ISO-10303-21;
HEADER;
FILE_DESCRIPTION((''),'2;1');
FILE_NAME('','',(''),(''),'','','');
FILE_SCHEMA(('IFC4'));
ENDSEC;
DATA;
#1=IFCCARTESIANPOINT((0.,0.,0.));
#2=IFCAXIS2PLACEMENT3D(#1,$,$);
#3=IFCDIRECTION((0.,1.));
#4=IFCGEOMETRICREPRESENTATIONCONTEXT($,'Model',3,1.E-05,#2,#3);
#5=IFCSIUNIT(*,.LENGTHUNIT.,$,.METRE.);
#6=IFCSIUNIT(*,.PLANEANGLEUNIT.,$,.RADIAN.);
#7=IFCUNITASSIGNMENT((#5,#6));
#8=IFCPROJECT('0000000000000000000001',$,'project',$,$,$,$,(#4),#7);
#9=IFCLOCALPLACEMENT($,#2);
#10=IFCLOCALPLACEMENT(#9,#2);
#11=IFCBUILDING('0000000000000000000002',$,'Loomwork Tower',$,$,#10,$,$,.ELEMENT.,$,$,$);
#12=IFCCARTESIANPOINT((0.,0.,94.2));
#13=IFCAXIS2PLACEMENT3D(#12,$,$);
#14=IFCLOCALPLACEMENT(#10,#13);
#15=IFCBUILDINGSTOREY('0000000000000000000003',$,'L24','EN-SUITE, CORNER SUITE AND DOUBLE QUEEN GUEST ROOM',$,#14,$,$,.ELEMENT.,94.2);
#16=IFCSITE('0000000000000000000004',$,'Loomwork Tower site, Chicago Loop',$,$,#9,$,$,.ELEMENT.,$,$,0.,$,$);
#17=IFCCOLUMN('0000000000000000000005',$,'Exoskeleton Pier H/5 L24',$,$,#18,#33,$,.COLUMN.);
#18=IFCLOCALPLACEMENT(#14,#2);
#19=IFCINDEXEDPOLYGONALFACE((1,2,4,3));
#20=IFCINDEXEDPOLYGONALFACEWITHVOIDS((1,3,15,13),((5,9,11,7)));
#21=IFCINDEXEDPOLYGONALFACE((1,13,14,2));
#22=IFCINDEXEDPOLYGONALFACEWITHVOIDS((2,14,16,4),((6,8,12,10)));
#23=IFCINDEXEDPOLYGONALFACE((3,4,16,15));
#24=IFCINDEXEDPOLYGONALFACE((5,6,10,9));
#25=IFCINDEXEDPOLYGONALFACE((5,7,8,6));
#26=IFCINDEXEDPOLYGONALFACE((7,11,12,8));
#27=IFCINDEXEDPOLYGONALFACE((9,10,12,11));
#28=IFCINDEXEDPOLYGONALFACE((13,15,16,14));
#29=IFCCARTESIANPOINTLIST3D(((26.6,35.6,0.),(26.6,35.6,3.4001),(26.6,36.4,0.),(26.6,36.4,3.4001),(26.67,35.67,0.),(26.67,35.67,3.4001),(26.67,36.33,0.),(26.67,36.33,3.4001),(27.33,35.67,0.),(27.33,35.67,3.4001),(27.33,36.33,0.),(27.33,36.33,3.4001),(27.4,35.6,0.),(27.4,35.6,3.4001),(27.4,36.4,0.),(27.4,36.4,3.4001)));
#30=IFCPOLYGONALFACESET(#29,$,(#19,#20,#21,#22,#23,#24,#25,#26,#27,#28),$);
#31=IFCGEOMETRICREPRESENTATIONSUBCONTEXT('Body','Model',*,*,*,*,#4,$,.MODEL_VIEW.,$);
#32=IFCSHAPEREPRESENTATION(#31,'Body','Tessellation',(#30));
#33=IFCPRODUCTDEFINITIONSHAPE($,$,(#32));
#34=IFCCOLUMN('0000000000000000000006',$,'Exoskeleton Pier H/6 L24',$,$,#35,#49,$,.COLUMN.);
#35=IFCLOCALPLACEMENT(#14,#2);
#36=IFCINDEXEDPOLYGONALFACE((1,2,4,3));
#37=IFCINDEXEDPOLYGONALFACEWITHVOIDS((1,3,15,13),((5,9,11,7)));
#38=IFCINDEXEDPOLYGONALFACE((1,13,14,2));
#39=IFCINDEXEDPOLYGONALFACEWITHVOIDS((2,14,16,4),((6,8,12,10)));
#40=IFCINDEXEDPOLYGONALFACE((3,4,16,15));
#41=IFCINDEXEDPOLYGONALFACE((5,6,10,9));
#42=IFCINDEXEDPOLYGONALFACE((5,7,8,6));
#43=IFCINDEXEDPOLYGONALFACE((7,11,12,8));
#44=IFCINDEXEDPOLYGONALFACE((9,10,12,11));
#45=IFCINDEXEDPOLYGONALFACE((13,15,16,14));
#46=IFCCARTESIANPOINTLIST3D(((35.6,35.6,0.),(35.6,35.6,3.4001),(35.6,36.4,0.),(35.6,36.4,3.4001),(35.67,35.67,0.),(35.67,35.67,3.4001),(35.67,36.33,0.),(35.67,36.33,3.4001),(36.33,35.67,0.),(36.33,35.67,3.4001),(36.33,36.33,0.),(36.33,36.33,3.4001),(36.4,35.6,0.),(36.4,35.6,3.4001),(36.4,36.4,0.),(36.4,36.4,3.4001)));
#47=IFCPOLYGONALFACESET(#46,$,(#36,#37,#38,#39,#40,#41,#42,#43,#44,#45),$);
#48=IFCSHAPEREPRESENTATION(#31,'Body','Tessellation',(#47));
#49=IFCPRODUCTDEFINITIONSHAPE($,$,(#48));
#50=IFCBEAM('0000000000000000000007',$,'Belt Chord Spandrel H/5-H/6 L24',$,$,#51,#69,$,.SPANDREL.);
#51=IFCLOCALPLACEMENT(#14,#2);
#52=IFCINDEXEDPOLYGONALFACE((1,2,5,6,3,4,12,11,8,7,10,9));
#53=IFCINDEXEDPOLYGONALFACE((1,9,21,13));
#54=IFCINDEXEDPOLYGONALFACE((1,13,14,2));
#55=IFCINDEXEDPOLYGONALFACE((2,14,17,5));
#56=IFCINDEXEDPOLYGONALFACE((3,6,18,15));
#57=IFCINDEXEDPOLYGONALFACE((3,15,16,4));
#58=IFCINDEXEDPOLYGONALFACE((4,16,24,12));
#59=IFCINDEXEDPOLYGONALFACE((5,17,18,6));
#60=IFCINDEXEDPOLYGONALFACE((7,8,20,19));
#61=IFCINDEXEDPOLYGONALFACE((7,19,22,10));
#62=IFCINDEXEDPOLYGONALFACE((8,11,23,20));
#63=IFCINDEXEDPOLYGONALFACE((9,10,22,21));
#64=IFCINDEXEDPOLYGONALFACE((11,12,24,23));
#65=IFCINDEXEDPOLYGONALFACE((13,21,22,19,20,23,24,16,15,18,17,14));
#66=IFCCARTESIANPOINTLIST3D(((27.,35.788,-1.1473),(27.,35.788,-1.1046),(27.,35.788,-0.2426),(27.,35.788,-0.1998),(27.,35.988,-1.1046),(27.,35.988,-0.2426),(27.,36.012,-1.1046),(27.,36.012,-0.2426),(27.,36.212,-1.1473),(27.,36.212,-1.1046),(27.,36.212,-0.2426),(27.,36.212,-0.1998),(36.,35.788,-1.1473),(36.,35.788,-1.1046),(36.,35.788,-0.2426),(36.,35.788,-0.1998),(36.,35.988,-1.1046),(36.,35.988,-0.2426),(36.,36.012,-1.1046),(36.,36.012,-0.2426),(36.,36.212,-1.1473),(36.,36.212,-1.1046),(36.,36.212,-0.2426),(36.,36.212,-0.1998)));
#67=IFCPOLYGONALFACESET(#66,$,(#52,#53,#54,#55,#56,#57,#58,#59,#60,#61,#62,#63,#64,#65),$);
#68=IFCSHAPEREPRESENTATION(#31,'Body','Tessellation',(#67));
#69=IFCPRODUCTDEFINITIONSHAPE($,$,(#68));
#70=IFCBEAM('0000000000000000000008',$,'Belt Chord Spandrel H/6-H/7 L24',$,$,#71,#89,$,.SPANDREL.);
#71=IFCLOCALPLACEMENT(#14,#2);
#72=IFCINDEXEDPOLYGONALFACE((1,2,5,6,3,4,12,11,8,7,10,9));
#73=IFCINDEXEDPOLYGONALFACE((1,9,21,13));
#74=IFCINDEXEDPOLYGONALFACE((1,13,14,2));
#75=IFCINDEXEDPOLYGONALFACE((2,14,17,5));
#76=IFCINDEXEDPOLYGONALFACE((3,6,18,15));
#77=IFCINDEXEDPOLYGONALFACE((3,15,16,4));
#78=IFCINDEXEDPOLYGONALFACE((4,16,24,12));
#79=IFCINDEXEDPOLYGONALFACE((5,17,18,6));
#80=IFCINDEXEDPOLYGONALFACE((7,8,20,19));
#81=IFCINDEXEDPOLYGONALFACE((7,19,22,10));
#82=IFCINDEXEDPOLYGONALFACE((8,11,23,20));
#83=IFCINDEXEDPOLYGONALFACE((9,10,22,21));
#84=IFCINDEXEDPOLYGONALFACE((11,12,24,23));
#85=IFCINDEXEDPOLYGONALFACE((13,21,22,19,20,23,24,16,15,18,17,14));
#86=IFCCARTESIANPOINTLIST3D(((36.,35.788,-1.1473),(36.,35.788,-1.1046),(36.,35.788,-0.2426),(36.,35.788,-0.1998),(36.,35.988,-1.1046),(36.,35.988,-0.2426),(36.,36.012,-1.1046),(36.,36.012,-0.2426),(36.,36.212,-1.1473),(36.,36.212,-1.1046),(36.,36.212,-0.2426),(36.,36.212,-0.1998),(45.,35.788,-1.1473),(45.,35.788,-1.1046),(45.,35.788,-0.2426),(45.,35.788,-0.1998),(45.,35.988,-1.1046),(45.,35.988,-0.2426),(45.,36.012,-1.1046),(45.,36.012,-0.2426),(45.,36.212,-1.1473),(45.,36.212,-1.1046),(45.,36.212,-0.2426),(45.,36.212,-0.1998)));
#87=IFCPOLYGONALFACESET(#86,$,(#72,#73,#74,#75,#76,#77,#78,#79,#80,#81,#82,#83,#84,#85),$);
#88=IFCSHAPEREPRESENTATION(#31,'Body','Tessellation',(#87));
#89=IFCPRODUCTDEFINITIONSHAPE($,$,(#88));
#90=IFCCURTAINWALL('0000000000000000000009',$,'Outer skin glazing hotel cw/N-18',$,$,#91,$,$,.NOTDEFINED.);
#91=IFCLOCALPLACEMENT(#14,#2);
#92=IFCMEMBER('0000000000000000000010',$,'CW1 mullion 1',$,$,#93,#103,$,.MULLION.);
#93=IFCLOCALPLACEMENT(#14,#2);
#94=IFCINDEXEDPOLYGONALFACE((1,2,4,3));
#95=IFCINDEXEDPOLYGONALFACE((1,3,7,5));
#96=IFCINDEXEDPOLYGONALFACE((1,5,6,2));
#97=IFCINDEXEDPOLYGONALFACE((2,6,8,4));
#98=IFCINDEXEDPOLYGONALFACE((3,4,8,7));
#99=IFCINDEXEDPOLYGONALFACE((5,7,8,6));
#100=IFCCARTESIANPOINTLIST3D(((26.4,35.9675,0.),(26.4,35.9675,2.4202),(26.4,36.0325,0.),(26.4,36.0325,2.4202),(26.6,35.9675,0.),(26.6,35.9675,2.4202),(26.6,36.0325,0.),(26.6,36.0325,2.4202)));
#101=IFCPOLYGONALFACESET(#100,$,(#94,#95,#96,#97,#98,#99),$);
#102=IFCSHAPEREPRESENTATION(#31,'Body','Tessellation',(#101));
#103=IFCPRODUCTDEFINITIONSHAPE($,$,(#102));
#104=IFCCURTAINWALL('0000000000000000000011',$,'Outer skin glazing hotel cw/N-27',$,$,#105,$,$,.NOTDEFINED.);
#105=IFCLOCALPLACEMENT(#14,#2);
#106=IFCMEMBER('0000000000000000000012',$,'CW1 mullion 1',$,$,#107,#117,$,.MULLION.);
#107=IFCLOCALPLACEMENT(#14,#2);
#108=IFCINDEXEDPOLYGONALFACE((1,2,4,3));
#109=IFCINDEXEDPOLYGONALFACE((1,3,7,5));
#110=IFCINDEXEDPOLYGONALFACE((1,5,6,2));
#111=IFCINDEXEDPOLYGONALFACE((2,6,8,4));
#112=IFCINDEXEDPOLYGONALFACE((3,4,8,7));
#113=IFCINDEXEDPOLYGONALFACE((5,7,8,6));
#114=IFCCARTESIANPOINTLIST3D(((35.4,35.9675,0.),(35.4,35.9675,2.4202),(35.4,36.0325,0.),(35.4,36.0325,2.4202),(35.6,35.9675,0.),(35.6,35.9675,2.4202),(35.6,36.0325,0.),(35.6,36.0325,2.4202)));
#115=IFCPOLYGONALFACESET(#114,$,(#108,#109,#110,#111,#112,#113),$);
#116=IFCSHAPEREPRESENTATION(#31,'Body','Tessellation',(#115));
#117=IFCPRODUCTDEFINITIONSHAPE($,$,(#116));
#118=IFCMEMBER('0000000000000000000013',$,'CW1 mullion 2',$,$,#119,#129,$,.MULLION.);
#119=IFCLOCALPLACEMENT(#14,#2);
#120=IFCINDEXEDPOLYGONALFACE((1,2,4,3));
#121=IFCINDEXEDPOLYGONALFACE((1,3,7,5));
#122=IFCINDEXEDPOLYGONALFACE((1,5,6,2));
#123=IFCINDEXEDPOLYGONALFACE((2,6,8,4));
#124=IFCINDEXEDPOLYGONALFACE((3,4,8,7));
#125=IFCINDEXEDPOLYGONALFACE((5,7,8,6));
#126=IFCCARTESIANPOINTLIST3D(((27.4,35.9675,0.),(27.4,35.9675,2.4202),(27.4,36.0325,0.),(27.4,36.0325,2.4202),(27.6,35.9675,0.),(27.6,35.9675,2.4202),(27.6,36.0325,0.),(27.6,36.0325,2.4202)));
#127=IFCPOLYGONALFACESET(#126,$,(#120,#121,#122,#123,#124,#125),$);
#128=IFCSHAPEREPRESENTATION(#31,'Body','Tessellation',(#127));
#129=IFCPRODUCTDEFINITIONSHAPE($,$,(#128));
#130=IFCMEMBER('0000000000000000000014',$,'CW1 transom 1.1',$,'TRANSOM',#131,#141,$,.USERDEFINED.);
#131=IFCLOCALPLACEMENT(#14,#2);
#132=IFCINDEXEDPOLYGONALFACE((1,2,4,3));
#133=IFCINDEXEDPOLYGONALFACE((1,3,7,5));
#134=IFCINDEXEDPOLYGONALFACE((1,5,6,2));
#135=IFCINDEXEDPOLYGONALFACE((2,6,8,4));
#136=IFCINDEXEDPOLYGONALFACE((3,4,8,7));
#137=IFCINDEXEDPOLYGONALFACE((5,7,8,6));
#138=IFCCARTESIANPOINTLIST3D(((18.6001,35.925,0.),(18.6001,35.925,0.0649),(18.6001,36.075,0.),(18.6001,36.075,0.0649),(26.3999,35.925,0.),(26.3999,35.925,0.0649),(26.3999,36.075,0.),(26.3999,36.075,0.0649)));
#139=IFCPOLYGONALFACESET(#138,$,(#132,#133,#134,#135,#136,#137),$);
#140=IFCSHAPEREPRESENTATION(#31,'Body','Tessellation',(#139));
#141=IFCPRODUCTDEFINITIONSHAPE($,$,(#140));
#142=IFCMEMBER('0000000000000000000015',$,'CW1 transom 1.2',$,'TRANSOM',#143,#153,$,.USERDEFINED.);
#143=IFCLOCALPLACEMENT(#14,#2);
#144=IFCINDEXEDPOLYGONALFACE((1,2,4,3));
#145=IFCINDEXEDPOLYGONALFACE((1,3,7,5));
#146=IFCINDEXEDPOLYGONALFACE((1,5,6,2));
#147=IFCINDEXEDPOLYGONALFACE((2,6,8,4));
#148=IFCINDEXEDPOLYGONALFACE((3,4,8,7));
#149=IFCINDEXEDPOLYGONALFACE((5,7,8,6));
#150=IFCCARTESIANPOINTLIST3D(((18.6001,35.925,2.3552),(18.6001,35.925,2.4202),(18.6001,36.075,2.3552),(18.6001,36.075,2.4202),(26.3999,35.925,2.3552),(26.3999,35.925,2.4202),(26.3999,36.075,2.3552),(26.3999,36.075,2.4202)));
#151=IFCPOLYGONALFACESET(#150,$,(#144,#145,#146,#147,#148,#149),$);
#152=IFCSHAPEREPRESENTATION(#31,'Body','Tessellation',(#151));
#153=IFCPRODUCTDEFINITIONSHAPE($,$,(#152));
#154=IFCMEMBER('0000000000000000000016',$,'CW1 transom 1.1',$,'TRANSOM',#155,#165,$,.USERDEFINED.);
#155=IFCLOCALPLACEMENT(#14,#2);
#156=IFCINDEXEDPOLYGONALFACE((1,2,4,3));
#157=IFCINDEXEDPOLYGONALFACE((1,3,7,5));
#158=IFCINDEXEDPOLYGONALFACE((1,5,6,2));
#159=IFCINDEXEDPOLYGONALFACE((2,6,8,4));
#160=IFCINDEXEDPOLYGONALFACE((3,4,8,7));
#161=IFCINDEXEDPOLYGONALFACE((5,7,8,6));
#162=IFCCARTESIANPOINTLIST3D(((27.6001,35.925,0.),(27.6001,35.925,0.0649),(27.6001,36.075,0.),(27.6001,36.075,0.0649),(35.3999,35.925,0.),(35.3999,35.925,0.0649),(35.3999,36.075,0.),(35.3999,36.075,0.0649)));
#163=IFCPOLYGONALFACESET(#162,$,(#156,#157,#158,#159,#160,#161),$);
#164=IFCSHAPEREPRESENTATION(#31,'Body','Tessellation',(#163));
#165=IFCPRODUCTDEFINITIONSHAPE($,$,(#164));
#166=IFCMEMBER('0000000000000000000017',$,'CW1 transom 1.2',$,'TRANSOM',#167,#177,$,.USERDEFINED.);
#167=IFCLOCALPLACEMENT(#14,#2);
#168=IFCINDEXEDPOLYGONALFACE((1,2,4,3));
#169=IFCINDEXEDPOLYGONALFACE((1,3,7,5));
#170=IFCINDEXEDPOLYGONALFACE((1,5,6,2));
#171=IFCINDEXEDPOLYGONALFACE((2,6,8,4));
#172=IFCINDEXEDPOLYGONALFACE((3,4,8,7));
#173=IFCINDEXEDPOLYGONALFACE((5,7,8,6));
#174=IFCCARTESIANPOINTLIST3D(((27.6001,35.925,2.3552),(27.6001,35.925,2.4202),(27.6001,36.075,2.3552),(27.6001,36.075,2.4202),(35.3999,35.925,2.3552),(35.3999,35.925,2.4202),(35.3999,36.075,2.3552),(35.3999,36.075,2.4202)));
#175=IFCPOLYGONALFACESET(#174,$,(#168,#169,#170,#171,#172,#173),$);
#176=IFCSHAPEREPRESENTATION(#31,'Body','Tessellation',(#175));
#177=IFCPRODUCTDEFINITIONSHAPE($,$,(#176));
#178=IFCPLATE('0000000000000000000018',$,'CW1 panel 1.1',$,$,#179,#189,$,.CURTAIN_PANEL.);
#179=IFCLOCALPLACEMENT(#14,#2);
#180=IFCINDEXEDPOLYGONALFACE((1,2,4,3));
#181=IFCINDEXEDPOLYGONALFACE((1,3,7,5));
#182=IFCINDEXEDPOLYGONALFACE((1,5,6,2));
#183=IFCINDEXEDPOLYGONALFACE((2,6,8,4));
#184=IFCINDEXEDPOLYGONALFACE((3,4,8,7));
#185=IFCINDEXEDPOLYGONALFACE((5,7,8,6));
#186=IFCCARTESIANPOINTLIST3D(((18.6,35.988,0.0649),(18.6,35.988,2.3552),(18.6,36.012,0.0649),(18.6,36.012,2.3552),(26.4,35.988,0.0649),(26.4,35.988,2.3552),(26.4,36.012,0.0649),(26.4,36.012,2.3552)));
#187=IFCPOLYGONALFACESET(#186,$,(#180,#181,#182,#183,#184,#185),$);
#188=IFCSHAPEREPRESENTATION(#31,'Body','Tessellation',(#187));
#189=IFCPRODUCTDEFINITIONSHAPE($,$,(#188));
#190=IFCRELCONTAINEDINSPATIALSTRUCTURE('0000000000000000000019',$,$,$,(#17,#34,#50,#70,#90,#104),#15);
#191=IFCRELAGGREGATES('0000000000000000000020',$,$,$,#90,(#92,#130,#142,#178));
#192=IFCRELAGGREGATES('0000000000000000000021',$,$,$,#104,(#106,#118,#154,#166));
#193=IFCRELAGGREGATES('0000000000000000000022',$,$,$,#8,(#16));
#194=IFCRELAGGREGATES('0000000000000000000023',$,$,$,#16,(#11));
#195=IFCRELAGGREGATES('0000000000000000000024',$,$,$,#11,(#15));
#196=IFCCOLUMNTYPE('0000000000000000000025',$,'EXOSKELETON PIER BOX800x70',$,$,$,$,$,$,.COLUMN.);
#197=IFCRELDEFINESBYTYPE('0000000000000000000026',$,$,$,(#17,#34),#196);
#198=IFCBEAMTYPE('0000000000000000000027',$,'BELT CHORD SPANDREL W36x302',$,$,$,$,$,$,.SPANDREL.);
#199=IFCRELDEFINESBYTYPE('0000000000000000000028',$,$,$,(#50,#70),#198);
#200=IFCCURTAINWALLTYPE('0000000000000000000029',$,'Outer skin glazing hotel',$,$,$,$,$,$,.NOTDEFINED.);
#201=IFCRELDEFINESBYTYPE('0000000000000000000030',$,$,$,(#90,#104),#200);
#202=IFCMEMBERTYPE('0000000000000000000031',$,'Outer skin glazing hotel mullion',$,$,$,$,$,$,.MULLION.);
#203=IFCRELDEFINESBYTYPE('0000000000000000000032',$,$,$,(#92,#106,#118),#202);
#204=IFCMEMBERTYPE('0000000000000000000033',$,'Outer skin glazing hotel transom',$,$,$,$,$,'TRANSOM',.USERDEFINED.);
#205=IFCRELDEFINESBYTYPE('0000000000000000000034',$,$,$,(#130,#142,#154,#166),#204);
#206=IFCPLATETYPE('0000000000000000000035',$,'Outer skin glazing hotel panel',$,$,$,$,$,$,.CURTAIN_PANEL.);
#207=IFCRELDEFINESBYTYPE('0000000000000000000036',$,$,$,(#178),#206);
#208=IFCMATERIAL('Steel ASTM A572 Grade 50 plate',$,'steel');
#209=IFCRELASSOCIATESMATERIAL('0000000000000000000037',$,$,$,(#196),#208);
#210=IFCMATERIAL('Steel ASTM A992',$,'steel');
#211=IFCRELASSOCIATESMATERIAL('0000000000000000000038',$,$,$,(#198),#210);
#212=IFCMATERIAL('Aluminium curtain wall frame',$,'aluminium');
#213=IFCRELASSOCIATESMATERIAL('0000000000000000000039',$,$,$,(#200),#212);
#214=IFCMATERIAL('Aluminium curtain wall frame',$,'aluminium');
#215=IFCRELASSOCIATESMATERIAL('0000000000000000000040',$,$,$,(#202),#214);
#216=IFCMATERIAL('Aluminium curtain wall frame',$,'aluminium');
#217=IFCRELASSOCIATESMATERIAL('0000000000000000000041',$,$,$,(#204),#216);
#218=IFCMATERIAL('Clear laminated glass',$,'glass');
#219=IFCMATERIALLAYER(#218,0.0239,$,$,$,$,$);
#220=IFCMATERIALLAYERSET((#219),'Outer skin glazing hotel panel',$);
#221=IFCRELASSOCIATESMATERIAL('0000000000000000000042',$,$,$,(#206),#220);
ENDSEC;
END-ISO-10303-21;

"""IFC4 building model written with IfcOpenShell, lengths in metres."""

from ifc_helpers import new_model, si_unit, direction, frame, origin, origin_2d, place, context, subcontext, project, spatial, rectangle, hollow_rectangle, i_section, extrude, material, layer, layer_set, material_profile, profile_set, type_object, element, aggregate, save


model = new_model("IFC4")

# Units and contexts
model_context = context("Model", 3, precision=1e-05, world=origin(), true_north=direction((0.0, 1.0)))
body_context = subcontext(model_context, "Body", "Model", "MODEL_VIEW")
ifc_project = project(units=[si_unit("LENGTHUNIT", "METRE"), si_unit("PLANEANGLEUNIT", "RADIAN")], contexts=[model_context])

# Site, building, storey
site_placement = place(None, origin())
site = spatial("IfcSite", under=ifc_project, at=site_placement, Name="Loomwork Tower site, Chicago Loop", CompositionType="ELEMENT", RefElevation=0.0)
building_placement = place(site_placement, origin())
building = spatial("IfcBuilding", under=site, at=building_placement, Name="Loomwork Tower", CompositionType="ELEMENT")
storey_placement = place(building_placement, frame((0.0, 0.0, 94.2)))
storey = spatial("IfcBuildingStorey", under=building, at=storey_placement, Name="L24", Description="EN-SUITE, CORNER SUITE AND DOUBLE QUEEN GUEST ROOM", CompositionType="ELEMENT", Elevation=94.2)

# Columns
ifc_material_1 = material(Name="Steel ASTM A572 Grade 50 plate", Category="steel")
ifc_material_profile_1 = material_profile(ifc_material_1, hollow_rectangle(XDim=0.8, YDim=0.8, WallThickness=0.0701, at=origin_2d()), Name="BOX800x70")
ifc_profile_set_1 = profile_set([ifc_material_profile_1], Name="Steel ASTM A572 Grade 50 plate")
column_type = type_object("IfcColumnType", Name="EXOSKELETON PIER BOX800x70", PredefinedType="COLUMN", material=ifc_profile_set_1)
for number, where, z_axis, x_axis, name in (
    (1, (27.0, 36.0, 0.0), (0.0, 0.0, 1.0), (1.0, 0.0, 0.0), "Exoskeleton Pier H/5 L24"),
    (2, (36.0, 36.0, 0.0), (0.0, 0.0, 1.0), (1.0, 0.0, 0.0), "Exoskeleton Pier H/6 L24"),
):
    element("IfcColumn", number, at=place(storey_placement, frame(where, z_axis=z_axis, x_axis=x_axis)), inside=storey, type_object=column_type, Name=name, PredefinedType="COLUMN", context=body_context, shape_type="SweptSolid", body=[
        extrude(hollow_rectangle(XDim=0.8, YDim=0.8, WallThickness=0.0701, at=origin_2d()), origin(), (0.0, 0.0, 1.0), 3.4001),
    ])

# Beams
ifc_material_2 = material(Name="Steel ASTM A992", Category="steel")
ifc_material_profile_2 = material_profile(ifc_material_2, i_section(OverallWidth=0.4241, OverallDepth=0.9475, WebThickness=0.0239, FlangeThickness=0.0427, at=origin_2d()), Name="W36x302")
ifc_profile_set_2 = profile_set([ifc_material_profile_2], Name="Steel ASTM A992")
beam_type = type_object("IfcBeamType", Name="BELT CHORD SPANDREL W36x302", PredefinedType="SPANDREL", material=ifc_profile_set_2)
for number, where, z_axis, x_axis, name in (
    (3, (27.0, 36.0, -0.6736), (1.0, 0.0, 0.0), (0.0, 1.0, 0.0), "Belt Chord Spandrel H/5-H/6 L24"),
    (4, (36.0, 36.0, -0.6736), (1.0, 0.0, 0.0), (0.0, 1.0, 0.0), "Belt Chord Spandrel H/6-H/7 L24"),
):
    element("IfcBeam", number, at=place(storey_placement, frame(where, z_axis=z_axis, x_axis=x_axis)), inside=storey, type_object=beam_type, Name=name, PredefinedType="SPANDREL", context=body_context, shape_type="SweptSolid", body=[
        extrude(i_section(OverallWidth=0.4241, OverallDepth=0.9475, WebThickness=0.0239, FlangeThickness=0.0427, at=origin_2d()), origin(), (0.0, 0.0, 1.0), 9.0),
    ])

# Curtain wall, member
ifc_material_3 = material(Name="Aluminium curtain wall frame", Category="aluminium")
curtain_wall_type = type_object("IfcCurtainWallType", Name="Outer skin glazing hotel", PredefinedType="NOTDEFINED", material=ifc_material_3)
curtain_wall_1_placement = place(storey_placement, origin())
curtain_wall_1 = element("IfcCurtainWall", 5, at=curtain_wall_1_placement, inside=storey, type_object=curtain_wall_type, Name="Outer skin glazing hotel cw/N-18", PredefinedType="NOTDEFINED")
ifc_material_4 = material(Name="Aluminium curtain wall frame", Category="aluminium")
ifc_material_profile_3 = material_profile(ifc_material_4, rectangle(XDim=0.0649, YDim=0.2, at=origin_2d()), Name="AL 65x200")
ifc_profile_set_3 = profile_set([ifc_material_profile_3], Name="Aluminium curtain wall frame")
member_type_1 = type_object("IfcMemberType", Name="Outer skin glazing hotel mullion", PredefinedType="MULLION", material=ifc_profile_set_3)
member_1_placement = place(storey_placement, frame((26.5, 36.0, 0.0), z_axis=(0.0, 0.0, 1.0), x_axis=(0.0, -1.0, 0.0)))
member_1 = element("IfcMember", 6, at=member_1_placement, type_object=member_type_1, Name="CW1 mullion 1", PredefinedType="MULLION", context=body_context, shape_type="SweptSolid", body=[
    extrude(rectangle(XDim=0.0649, YDim=0.2, at=origin_2d()), origin(), (0.0, 0.0, 1.0), 2.4202),
])

# Curtain wall, members
curtain_wall_2_placement = place(storey_placement, origin())
curtain_wall_2 = element("IfcCurtainWall", 7, at=curtain_wall_2_placement, inside=storey, type_object=curtain_wall_type, Name="Outer skin glazing hotel cw/N-27", PredefinedType="NOTDEFINED")
member_2_placement = place(storey_placement, frame((35.5, 36.0, 0.0), z_axis=(0.0, 0.0, 1.0), x_axis=(0.0, -1.0, 0.0)))
member_2 = element("IfcMember", 8, at=member_2_placement, type_object=member_type_1, Name="CW1 mullion 1", PredefinedType="MULLION", context=body_context, shape_type="SweptSolid", body=[
    extrude(rectangle(XDim=0.0649, YDim=0.2, at=origin_2d()), origin(), (0.0, 0.0, 1.0), 2.4202),
])
member_3_placement = place(storey_placement, frame((27.5, 36.0, 0.0), z_axis=(0.0, 0.0, 1.0), x_axis=(0.0, -1.0, 0.0)))
member_3 = element("IfcMember", 9, at=member_3_placement, type_object=member_type_1, Name="CW1 mullion 2", PredefinedType="MULLION", context=body_context, shape_type="SweptSolid", body=[
    extrude(rectangle(XDim=0.0649, YDim=0.2, at=origin_2d()), origin(), (0.0, 0.0, 1.0), 2.4202),
])

# Members
ifc_material_5 = material(Name="Aluminium curtain wall frame", Category="aluminium")
ifc_material_profile_4 = material_profile(ifc_material_5, rectangle(XDim=0.1499, YDim=0.0649, at=origin_2d()), Name="AL 65x150")
ifc_profile_set_4 = profile_set([ifc_material_profile_4], Name="Aluminium curtain wall frame")
member_type_2 = type_object("IfcMemberType", Name="Outer skin glazing hotel transom", ElementType="TRANSOM", PredefinedType="USERDEFINED", material=ifc_profile_set_4)
member_4_placement = place(storey_placement, frame((26.3999, 36.0, 0.0325), z_axis=(-1.0, 0.0, 0.0), x_axis=(0.0, -1.0, 0.0)))
member_4 = element("IfcMember", 10, at=member_4_placement, type_object=member_type_2, Name="CW1 transom 1.1", ObjectType="TRANSOM", PredefinedType="USERDEFINED", context=body_context, shape_type="SweptSolid", body=[
    extrude(rectangle(XDim=0.1499, YDim=0.0649, at=origin_2d()), origin(), (0.0, 0.0, 1.0), 7.7998),
])
member_5_placement = place(storey_placement, frame((26.3999, 36.0, 2.3877), z_axis=(-1.0, 0.0, 0.0), x_axis=(0.0, -1.0, 0.0)))
member_5 = element("IfcMember", 11, at=member_5_placement, type_object=member_type_2, Name="CW1 transom 1.2", ObjectType="TRANSOM", PredefinedType="USERDEFINED", context=body_context, shape_type="SweptSolid", body=[
    extrude(rectangle(XDim=0.1499, YDim=0.0649, at=origin_2d()), origin(), (0.0, 0.0, 1.0), 7.7998),
])
member_6_placement = place(storey_placement, frame((35.3999, 36.0, 0.0325), z_axis=(-1.0, 0.0, 0.0), x_axis=(0.0, -1.0, 0.0)))
member_6 = element("IfcMember", 12, at=member_6_placement, type_object=member_type_2, Name="CW1 transom 1.1", ObjectType="TRANSOM", PredefinedType="USERDEFINED", context=body_context, shape_type="SweptSolid", body=[
    extrude(rectangle(XDim=0.1499, YDim=0.0649, at=origin_2d()), origin(), (0.0, 0.0, 1.0), 7.7998),
])
member_7_placement = place(storey_placement, frame((35.3999, 36.0, 2.3877), z_axis=(-1.0, 0.0, 0.0), x_axis=(0.0, -1.0, 0.0)))
member_7 = element("IfcMember", 13, at=member_7_placement, type_object=member_type_2, Name="CW1 transom 1.2", ObjectType="TRANSOM", PredefinedType="USERDEFINED", context=body_context, shape_type="SweptSolid", body=[
    extrude(rectangle(XDim=0.1499, YDim=0.0649, at=origin_2d()), origin(), (0.0, 0.0, 1.0), 7.7998),
])

# Plate
ifc_material_6 = material(Name="Clear laminated glass", Category="glass")
ifc_layer_1 = layer(ifc_material_6, 0.0239)
ifc_layer_set_1 = layer_set([ifc_layer_1], Name="Outer skin glazing hotel panel")
plate_type = type_object("IfcPlateType", Name="Outer skin glazing hotel panel", PredefinedType="CURTAIN_PANEL", material=ifc_layer_set_1)
plate_1_placement = place(storey_placement, frame((22.5, 36.0, 0.0649), z_axis=(0.0, 0.0, 1.0), x_axis=(-1.0, 0.0, 0.0)))
plate_1 = element("IfcPlate", 14, at=plate_1_placement, type_object=plate_type, Name="CW1 panel 1.1", PredefinedType="CURTAIN_PANEL", context=body_context, shape_type="SweptSolid", body=[
    extrude(rectangle(XDim=7.8, YDim=0.0239, at=origin_2d()), origin(), (0.0, 0.0, 1.0), 2.2903),
])
aggregate(curtain_wall_1, [member_1, member_4, member_5, plate_1])
aggregate(curtain_wall_2, [member_2, member_3, member_6, member_7])

save(model, "model.ifc")
